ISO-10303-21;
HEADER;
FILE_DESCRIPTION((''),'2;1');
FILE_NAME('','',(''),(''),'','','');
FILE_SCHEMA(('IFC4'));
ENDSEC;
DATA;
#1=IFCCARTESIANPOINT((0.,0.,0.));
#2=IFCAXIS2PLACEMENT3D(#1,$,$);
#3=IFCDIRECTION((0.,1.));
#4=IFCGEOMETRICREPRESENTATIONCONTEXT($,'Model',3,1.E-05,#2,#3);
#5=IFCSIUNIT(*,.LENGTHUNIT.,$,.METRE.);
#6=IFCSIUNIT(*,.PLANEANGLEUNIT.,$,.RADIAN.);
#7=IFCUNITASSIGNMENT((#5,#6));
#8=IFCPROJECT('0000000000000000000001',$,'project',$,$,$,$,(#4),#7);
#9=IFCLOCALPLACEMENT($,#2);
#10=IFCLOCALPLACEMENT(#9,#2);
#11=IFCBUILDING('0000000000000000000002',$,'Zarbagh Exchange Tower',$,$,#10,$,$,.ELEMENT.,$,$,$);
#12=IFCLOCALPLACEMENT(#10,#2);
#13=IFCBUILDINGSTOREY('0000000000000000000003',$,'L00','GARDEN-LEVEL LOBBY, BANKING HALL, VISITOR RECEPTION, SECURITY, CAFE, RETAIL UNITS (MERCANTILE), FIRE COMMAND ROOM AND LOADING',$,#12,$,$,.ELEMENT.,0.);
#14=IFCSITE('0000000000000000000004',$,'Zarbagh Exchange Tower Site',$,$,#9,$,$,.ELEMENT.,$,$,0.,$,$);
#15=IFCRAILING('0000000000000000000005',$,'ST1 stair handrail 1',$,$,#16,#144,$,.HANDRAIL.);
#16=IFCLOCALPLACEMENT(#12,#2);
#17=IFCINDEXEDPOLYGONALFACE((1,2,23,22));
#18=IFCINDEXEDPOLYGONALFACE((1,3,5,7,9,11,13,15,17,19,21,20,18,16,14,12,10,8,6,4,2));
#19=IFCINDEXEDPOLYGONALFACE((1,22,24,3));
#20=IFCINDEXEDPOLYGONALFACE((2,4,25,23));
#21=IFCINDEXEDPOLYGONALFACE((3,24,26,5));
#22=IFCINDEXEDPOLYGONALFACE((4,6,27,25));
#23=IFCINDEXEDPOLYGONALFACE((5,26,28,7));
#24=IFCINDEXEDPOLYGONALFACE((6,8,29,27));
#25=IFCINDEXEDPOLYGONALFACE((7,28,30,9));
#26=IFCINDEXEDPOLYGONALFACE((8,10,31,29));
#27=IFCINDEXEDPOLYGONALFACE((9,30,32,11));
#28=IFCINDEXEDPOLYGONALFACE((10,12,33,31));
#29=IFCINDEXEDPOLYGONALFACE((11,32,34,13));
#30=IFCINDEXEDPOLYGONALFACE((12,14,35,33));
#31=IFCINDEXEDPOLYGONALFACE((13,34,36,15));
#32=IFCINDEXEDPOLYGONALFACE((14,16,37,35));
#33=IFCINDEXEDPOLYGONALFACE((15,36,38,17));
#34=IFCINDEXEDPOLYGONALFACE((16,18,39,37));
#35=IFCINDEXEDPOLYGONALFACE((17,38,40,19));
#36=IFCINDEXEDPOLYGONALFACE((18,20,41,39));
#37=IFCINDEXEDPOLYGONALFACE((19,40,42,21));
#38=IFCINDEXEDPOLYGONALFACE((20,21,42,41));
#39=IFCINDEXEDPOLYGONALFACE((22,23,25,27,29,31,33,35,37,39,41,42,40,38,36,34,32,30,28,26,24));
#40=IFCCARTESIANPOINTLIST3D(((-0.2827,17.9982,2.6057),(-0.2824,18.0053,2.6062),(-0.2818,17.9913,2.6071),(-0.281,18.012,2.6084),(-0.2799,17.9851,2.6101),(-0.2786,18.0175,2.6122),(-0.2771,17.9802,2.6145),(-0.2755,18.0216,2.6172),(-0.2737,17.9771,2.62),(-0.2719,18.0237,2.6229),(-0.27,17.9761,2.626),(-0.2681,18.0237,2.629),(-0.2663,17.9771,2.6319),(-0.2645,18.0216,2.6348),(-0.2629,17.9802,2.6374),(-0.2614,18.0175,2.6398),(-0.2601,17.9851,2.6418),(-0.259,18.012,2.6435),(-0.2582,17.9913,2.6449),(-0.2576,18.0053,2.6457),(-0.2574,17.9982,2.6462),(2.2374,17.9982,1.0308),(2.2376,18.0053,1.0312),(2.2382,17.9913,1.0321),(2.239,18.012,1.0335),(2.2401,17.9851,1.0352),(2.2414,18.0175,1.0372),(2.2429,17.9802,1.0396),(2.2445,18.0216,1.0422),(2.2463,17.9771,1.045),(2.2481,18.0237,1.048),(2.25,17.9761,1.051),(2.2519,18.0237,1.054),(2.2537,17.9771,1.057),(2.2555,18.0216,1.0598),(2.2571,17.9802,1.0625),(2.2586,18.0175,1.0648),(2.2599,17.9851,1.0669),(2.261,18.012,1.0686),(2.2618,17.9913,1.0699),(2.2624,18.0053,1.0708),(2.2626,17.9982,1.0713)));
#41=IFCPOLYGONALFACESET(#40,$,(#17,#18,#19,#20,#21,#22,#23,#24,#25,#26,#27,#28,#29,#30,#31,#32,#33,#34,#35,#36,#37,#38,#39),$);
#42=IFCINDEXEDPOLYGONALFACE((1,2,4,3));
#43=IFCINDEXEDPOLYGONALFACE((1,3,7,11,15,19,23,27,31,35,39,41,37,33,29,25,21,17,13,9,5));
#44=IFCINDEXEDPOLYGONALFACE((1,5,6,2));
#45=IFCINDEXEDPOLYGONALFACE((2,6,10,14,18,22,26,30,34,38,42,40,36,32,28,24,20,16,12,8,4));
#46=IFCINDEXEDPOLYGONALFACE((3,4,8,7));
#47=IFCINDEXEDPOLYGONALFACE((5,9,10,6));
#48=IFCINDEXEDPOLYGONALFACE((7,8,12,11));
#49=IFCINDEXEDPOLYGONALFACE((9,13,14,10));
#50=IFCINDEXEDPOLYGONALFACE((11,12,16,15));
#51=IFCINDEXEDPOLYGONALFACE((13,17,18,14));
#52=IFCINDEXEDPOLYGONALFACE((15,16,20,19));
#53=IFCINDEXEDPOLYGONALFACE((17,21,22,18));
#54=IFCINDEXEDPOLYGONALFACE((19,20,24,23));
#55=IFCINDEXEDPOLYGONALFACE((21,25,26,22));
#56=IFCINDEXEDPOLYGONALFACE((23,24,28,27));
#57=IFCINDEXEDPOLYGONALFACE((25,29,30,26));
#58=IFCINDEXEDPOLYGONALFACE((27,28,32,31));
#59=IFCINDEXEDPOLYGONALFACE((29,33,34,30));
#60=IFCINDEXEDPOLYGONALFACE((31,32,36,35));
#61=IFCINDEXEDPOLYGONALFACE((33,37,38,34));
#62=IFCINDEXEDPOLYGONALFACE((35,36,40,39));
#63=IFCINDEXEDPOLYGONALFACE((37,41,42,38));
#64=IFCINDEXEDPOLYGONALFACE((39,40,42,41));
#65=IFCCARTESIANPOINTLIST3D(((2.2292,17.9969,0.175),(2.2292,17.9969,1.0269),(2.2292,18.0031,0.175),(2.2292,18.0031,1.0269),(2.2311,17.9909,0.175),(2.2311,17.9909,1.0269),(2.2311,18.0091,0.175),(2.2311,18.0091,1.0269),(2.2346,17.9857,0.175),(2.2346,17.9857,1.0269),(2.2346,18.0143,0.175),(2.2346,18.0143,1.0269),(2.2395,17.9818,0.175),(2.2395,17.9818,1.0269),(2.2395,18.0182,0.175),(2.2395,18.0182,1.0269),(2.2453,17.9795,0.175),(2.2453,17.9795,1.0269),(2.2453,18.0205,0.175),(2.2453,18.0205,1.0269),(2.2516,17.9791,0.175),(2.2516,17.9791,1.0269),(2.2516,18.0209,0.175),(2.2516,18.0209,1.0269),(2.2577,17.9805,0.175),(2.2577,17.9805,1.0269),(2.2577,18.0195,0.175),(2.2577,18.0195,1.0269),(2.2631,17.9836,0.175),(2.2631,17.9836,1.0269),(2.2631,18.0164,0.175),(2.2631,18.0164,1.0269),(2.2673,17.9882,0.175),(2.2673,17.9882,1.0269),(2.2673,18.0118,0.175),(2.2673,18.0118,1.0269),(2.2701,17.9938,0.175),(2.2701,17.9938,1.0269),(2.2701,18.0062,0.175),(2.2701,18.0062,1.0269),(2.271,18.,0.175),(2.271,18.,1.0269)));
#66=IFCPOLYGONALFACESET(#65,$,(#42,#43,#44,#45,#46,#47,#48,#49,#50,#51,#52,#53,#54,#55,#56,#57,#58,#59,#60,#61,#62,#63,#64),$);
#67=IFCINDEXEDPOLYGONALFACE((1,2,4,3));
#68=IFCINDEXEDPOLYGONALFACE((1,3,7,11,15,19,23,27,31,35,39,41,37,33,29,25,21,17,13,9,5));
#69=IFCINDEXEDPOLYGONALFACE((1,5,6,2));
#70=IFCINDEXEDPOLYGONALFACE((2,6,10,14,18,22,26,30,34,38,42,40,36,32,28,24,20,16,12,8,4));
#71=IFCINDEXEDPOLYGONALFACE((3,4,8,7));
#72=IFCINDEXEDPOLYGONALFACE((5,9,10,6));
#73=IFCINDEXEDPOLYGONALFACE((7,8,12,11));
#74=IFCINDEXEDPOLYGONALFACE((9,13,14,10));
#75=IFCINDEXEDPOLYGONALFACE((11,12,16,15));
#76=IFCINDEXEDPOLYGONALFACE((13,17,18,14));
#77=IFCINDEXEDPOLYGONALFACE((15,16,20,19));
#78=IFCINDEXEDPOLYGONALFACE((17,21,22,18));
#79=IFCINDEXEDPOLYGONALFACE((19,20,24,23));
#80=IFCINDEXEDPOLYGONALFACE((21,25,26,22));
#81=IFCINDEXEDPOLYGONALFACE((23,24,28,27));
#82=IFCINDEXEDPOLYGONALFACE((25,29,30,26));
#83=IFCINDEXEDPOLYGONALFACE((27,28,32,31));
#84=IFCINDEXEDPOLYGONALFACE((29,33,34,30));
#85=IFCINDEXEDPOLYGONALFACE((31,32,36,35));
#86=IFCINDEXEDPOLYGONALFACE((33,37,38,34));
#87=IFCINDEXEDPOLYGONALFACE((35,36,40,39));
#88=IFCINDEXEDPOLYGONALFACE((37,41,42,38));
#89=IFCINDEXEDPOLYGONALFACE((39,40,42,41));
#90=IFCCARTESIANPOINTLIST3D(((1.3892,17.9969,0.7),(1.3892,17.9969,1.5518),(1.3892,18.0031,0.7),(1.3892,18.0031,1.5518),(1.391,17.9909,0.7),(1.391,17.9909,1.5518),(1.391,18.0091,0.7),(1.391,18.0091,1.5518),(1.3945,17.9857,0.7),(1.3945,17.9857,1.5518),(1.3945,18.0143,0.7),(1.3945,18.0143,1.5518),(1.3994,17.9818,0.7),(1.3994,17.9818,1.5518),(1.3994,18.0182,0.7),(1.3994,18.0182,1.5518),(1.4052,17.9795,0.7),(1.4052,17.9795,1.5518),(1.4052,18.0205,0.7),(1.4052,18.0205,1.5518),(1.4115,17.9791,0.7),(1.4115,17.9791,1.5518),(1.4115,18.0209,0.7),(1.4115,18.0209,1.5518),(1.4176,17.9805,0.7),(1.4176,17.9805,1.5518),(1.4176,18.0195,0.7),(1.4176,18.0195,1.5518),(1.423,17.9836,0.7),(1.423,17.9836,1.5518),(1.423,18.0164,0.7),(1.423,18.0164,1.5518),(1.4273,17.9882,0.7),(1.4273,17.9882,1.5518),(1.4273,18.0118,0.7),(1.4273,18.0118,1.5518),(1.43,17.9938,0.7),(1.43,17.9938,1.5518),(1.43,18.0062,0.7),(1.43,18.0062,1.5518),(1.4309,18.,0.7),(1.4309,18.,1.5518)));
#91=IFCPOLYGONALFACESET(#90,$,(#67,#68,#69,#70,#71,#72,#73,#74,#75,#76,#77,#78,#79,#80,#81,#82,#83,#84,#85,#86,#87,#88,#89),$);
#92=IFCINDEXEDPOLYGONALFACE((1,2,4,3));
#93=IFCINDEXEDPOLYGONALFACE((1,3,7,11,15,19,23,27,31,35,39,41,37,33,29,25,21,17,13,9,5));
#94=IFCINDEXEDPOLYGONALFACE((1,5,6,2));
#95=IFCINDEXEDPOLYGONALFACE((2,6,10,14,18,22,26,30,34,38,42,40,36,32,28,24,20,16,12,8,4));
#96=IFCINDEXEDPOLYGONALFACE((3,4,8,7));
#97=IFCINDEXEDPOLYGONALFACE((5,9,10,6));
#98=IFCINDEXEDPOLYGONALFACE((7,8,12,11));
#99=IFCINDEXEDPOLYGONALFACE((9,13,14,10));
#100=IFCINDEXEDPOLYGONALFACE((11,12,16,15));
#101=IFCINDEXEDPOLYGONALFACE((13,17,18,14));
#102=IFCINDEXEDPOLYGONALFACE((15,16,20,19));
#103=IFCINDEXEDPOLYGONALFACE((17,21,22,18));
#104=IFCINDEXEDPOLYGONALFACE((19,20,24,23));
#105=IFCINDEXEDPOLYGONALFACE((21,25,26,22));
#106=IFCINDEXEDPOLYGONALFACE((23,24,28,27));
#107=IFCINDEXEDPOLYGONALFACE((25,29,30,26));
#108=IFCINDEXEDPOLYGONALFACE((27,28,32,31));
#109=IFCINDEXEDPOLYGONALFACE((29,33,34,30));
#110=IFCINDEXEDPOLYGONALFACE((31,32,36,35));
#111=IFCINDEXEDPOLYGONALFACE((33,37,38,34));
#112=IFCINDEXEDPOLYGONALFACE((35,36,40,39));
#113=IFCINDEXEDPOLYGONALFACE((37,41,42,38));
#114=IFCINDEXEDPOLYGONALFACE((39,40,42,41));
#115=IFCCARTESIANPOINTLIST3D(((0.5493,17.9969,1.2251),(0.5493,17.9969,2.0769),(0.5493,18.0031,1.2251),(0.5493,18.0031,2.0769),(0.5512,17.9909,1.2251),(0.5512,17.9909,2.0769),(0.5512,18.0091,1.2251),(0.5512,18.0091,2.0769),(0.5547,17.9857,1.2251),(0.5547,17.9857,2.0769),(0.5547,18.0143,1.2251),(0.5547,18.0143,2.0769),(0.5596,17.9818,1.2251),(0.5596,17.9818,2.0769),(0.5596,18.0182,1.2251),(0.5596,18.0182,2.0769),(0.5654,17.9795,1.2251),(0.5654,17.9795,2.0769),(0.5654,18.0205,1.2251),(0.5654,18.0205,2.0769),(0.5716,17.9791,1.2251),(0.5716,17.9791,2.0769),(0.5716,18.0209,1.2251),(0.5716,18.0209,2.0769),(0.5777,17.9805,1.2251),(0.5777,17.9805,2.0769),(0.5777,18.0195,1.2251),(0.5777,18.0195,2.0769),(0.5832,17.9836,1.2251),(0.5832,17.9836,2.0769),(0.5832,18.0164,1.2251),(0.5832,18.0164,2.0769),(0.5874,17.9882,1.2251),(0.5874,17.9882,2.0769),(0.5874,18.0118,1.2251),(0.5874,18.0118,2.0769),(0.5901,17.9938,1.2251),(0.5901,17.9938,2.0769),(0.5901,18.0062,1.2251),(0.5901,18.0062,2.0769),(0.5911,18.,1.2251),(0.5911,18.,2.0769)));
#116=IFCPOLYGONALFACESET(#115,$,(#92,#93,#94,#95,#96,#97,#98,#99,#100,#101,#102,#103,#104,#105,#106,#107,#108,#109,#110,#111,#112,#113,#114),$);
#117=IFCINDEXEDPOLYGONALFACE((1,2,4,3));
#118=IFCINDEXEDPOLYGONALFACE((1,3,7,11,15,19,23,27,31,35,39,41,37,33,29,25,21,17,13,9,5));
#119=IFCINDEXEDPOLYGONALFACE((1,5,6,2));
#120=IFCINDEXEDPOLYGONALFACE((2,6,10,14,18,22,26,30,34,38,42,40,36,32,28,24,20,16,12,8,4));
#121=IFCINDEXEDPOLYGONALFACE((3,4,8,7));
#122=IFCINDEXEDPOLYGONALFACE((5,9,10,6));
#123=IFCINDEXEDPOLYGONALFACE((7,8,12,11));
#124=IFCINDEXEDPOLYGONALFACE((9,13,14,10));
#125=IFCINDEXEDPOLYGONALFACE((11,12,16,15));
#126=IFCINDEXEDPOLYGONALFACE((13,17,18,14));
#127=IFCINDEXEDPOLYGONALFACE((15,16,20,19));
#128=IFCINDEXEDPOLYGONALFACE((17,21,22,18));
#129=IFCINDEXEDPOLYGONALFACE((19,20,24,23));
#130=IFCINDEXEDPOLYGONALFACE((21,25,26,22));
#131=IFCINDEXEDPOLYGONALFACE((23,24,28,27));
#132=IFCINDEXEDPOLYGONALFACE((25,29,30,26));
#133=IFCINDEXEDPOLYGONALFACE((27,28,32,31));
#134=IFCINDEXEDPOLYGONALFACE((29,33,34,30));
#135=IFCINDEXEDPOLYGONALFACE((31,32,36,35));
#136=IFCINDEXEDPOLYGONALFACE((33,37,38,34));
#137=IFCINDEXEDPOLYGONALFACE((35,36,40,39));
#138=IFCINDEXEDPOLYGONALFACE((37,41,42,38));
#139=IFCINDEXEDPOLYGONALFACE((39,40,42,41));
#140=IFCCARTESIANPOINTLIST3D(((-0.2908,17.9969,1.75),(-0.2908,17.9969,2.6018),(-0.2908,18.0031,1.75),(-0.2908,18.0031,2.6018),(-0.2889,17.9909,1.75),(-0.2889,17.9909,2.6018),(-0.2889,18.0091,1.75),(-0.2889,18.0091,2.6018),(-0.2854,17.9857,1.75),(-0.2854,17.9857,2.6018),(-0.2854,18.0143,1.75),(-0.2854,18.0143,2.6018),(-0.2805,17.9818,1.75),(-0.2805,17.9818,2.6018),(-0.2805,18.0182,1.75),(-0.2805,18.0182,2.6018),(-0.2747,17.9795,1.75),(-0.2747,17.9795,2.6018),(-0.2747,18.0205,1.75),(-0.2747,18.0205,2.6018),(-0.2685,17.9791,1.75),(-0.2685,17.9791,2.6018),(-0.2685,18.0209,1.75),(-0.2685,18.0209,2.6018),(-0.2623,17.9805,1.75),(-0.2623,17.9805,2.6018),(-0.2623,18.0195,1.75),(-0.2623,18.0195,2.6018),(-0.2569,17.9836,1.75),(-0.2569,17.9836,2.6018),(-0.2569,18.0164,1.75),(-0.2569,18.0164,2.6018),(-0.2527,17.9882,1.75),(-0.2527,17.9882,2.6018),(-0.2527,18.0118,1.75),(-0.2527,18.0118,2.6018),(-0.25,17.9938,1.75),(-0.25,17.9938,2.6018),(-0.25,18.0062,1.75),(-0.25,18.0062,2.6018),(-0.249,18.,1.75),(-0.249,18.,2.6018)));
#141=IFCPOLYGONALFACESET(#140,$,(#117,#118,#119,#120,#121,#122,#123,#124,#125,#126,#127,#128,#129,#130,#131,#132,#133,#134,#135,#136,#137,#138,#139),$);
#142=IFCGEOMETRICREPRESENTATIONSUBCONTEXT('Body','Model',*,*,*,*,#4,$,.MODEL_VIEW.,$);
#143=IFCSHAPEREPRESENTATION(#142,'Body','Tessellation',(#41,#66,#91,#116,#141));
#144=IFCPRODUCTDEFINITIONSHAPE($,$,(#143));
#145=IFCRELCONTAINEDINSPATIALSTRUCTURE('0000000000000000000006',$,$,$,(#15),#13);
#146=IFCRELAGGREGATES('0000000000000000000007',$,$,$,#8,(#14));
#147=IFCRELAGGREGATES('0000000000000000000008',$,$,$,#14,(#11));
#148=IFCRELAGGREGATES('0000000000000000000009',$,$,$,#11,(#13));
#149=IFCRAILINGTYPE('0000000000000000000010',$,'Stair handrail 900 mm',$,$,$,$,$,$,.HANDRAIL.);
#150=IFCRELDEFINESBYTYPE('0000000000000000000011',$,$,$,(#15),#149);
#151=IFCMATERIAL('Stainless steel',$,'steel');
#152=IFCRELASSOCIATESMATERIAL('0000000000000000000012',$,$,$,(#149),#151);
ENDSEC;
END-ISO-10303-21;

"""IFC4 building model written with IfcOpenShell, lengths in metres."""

from ifc_helpers import new_model, si_unit, direction, frame, origin, origin_2d, place, context, subcontext, project, spatial, circle, extrude, material, type_object, element, save


model = new_model("IFC4")

# Units and contexts
model_context = context("Model", 3, precision=1e-05, world=origin(), true_north=direction((0.0, 1.0)))
body_context = subcontext(model_context, "Body", "Model", "MODEL_VIEW")
ifc_project = project(units=[si_unit("LENGTHUNIT", "METRE"), si_unit("PLANEANGLEUNIT", "RADIAN")], contexts=[model_context])

# Site, building, storey
site_placement = place(None, origin())
site = spatial("IfcSite", under=ifc_project, at=site_placement, Name="Zarbagh Exchange Tower Site", CompositionType="ELEMENT", RefElevation=0.0)
building_placement = place(site_placement, origin())
building = spatial("IfcBuilding", under=site, at=building_placement, Name="Zarbagh Exchange Tower", CompositionType="ELEMENT")
storey_placement = place(building_placement, origin())
storey = spatial("IfcBuildingStorey", under=building, at=storey_placement, Name="L00", Description="GARDEN-LEVEL LOBBY, BANKING HALL, VISITOR RECEPTION, SECURITY, CAFE, RETAIL UNITS (MERCANTILE), FIRE COMMAND ROOM AND LOADING", CompositionType="ELEMENT", Elevation=0.0)

# Railing
ifc_material_1 = material(Name="Stainless steel", Category="steel")
railing_type_1 = type_object("IfcRailingType", Name="Stair handrail 900 mm", PredefinedType="HANDRAIL", material=ifc_material_1)
for number, where, name in (
    (1, (2.25, 18.0, 0.175), "ST1 stair handrail 1"),
):
    element("IfcRailing", number, at=place(storey_placement, frame(where)), inside=storey, type_object=railing_type_1, Name=name, PredefinedType="HANDRAIL", context=body_context, shape_type="SweptSolid", body=[
        extrude(circle(Radius=0.0239, at=origin_2d()), frame((0.0, 0.0, 0.876), z_axis=(-0.848008, 0.0, 0.529984), x_axis=(0.0, -1.0, 0.0)), (0.0, 0.0, 1.0), 2.9717),
        extrude(circle(Radius=0.021, at=origin_2d()), origin(), (0.0, 0.0, 1.0), 0.8518),
        extrude(circle(Radius=0.021, at=origin_2d()), frame((-0.8401, 0.0, 0.5249)), (0.0, 0.0, 1.0), 0.8518),
        extrude(circle(Radius=0.021, at=origin_2d()), frame((-1.6799, 0.0, 1.05)), (0.0, 0.0, 1.0), 0.8518),
        extrude(circle(Radius=0.021, at=origin_2d()), frame((-2.52, 0.0, 1.575)), (0.0, 0.0, 1.0), 0.8518),
    ])

save(model, "model.ifc")
